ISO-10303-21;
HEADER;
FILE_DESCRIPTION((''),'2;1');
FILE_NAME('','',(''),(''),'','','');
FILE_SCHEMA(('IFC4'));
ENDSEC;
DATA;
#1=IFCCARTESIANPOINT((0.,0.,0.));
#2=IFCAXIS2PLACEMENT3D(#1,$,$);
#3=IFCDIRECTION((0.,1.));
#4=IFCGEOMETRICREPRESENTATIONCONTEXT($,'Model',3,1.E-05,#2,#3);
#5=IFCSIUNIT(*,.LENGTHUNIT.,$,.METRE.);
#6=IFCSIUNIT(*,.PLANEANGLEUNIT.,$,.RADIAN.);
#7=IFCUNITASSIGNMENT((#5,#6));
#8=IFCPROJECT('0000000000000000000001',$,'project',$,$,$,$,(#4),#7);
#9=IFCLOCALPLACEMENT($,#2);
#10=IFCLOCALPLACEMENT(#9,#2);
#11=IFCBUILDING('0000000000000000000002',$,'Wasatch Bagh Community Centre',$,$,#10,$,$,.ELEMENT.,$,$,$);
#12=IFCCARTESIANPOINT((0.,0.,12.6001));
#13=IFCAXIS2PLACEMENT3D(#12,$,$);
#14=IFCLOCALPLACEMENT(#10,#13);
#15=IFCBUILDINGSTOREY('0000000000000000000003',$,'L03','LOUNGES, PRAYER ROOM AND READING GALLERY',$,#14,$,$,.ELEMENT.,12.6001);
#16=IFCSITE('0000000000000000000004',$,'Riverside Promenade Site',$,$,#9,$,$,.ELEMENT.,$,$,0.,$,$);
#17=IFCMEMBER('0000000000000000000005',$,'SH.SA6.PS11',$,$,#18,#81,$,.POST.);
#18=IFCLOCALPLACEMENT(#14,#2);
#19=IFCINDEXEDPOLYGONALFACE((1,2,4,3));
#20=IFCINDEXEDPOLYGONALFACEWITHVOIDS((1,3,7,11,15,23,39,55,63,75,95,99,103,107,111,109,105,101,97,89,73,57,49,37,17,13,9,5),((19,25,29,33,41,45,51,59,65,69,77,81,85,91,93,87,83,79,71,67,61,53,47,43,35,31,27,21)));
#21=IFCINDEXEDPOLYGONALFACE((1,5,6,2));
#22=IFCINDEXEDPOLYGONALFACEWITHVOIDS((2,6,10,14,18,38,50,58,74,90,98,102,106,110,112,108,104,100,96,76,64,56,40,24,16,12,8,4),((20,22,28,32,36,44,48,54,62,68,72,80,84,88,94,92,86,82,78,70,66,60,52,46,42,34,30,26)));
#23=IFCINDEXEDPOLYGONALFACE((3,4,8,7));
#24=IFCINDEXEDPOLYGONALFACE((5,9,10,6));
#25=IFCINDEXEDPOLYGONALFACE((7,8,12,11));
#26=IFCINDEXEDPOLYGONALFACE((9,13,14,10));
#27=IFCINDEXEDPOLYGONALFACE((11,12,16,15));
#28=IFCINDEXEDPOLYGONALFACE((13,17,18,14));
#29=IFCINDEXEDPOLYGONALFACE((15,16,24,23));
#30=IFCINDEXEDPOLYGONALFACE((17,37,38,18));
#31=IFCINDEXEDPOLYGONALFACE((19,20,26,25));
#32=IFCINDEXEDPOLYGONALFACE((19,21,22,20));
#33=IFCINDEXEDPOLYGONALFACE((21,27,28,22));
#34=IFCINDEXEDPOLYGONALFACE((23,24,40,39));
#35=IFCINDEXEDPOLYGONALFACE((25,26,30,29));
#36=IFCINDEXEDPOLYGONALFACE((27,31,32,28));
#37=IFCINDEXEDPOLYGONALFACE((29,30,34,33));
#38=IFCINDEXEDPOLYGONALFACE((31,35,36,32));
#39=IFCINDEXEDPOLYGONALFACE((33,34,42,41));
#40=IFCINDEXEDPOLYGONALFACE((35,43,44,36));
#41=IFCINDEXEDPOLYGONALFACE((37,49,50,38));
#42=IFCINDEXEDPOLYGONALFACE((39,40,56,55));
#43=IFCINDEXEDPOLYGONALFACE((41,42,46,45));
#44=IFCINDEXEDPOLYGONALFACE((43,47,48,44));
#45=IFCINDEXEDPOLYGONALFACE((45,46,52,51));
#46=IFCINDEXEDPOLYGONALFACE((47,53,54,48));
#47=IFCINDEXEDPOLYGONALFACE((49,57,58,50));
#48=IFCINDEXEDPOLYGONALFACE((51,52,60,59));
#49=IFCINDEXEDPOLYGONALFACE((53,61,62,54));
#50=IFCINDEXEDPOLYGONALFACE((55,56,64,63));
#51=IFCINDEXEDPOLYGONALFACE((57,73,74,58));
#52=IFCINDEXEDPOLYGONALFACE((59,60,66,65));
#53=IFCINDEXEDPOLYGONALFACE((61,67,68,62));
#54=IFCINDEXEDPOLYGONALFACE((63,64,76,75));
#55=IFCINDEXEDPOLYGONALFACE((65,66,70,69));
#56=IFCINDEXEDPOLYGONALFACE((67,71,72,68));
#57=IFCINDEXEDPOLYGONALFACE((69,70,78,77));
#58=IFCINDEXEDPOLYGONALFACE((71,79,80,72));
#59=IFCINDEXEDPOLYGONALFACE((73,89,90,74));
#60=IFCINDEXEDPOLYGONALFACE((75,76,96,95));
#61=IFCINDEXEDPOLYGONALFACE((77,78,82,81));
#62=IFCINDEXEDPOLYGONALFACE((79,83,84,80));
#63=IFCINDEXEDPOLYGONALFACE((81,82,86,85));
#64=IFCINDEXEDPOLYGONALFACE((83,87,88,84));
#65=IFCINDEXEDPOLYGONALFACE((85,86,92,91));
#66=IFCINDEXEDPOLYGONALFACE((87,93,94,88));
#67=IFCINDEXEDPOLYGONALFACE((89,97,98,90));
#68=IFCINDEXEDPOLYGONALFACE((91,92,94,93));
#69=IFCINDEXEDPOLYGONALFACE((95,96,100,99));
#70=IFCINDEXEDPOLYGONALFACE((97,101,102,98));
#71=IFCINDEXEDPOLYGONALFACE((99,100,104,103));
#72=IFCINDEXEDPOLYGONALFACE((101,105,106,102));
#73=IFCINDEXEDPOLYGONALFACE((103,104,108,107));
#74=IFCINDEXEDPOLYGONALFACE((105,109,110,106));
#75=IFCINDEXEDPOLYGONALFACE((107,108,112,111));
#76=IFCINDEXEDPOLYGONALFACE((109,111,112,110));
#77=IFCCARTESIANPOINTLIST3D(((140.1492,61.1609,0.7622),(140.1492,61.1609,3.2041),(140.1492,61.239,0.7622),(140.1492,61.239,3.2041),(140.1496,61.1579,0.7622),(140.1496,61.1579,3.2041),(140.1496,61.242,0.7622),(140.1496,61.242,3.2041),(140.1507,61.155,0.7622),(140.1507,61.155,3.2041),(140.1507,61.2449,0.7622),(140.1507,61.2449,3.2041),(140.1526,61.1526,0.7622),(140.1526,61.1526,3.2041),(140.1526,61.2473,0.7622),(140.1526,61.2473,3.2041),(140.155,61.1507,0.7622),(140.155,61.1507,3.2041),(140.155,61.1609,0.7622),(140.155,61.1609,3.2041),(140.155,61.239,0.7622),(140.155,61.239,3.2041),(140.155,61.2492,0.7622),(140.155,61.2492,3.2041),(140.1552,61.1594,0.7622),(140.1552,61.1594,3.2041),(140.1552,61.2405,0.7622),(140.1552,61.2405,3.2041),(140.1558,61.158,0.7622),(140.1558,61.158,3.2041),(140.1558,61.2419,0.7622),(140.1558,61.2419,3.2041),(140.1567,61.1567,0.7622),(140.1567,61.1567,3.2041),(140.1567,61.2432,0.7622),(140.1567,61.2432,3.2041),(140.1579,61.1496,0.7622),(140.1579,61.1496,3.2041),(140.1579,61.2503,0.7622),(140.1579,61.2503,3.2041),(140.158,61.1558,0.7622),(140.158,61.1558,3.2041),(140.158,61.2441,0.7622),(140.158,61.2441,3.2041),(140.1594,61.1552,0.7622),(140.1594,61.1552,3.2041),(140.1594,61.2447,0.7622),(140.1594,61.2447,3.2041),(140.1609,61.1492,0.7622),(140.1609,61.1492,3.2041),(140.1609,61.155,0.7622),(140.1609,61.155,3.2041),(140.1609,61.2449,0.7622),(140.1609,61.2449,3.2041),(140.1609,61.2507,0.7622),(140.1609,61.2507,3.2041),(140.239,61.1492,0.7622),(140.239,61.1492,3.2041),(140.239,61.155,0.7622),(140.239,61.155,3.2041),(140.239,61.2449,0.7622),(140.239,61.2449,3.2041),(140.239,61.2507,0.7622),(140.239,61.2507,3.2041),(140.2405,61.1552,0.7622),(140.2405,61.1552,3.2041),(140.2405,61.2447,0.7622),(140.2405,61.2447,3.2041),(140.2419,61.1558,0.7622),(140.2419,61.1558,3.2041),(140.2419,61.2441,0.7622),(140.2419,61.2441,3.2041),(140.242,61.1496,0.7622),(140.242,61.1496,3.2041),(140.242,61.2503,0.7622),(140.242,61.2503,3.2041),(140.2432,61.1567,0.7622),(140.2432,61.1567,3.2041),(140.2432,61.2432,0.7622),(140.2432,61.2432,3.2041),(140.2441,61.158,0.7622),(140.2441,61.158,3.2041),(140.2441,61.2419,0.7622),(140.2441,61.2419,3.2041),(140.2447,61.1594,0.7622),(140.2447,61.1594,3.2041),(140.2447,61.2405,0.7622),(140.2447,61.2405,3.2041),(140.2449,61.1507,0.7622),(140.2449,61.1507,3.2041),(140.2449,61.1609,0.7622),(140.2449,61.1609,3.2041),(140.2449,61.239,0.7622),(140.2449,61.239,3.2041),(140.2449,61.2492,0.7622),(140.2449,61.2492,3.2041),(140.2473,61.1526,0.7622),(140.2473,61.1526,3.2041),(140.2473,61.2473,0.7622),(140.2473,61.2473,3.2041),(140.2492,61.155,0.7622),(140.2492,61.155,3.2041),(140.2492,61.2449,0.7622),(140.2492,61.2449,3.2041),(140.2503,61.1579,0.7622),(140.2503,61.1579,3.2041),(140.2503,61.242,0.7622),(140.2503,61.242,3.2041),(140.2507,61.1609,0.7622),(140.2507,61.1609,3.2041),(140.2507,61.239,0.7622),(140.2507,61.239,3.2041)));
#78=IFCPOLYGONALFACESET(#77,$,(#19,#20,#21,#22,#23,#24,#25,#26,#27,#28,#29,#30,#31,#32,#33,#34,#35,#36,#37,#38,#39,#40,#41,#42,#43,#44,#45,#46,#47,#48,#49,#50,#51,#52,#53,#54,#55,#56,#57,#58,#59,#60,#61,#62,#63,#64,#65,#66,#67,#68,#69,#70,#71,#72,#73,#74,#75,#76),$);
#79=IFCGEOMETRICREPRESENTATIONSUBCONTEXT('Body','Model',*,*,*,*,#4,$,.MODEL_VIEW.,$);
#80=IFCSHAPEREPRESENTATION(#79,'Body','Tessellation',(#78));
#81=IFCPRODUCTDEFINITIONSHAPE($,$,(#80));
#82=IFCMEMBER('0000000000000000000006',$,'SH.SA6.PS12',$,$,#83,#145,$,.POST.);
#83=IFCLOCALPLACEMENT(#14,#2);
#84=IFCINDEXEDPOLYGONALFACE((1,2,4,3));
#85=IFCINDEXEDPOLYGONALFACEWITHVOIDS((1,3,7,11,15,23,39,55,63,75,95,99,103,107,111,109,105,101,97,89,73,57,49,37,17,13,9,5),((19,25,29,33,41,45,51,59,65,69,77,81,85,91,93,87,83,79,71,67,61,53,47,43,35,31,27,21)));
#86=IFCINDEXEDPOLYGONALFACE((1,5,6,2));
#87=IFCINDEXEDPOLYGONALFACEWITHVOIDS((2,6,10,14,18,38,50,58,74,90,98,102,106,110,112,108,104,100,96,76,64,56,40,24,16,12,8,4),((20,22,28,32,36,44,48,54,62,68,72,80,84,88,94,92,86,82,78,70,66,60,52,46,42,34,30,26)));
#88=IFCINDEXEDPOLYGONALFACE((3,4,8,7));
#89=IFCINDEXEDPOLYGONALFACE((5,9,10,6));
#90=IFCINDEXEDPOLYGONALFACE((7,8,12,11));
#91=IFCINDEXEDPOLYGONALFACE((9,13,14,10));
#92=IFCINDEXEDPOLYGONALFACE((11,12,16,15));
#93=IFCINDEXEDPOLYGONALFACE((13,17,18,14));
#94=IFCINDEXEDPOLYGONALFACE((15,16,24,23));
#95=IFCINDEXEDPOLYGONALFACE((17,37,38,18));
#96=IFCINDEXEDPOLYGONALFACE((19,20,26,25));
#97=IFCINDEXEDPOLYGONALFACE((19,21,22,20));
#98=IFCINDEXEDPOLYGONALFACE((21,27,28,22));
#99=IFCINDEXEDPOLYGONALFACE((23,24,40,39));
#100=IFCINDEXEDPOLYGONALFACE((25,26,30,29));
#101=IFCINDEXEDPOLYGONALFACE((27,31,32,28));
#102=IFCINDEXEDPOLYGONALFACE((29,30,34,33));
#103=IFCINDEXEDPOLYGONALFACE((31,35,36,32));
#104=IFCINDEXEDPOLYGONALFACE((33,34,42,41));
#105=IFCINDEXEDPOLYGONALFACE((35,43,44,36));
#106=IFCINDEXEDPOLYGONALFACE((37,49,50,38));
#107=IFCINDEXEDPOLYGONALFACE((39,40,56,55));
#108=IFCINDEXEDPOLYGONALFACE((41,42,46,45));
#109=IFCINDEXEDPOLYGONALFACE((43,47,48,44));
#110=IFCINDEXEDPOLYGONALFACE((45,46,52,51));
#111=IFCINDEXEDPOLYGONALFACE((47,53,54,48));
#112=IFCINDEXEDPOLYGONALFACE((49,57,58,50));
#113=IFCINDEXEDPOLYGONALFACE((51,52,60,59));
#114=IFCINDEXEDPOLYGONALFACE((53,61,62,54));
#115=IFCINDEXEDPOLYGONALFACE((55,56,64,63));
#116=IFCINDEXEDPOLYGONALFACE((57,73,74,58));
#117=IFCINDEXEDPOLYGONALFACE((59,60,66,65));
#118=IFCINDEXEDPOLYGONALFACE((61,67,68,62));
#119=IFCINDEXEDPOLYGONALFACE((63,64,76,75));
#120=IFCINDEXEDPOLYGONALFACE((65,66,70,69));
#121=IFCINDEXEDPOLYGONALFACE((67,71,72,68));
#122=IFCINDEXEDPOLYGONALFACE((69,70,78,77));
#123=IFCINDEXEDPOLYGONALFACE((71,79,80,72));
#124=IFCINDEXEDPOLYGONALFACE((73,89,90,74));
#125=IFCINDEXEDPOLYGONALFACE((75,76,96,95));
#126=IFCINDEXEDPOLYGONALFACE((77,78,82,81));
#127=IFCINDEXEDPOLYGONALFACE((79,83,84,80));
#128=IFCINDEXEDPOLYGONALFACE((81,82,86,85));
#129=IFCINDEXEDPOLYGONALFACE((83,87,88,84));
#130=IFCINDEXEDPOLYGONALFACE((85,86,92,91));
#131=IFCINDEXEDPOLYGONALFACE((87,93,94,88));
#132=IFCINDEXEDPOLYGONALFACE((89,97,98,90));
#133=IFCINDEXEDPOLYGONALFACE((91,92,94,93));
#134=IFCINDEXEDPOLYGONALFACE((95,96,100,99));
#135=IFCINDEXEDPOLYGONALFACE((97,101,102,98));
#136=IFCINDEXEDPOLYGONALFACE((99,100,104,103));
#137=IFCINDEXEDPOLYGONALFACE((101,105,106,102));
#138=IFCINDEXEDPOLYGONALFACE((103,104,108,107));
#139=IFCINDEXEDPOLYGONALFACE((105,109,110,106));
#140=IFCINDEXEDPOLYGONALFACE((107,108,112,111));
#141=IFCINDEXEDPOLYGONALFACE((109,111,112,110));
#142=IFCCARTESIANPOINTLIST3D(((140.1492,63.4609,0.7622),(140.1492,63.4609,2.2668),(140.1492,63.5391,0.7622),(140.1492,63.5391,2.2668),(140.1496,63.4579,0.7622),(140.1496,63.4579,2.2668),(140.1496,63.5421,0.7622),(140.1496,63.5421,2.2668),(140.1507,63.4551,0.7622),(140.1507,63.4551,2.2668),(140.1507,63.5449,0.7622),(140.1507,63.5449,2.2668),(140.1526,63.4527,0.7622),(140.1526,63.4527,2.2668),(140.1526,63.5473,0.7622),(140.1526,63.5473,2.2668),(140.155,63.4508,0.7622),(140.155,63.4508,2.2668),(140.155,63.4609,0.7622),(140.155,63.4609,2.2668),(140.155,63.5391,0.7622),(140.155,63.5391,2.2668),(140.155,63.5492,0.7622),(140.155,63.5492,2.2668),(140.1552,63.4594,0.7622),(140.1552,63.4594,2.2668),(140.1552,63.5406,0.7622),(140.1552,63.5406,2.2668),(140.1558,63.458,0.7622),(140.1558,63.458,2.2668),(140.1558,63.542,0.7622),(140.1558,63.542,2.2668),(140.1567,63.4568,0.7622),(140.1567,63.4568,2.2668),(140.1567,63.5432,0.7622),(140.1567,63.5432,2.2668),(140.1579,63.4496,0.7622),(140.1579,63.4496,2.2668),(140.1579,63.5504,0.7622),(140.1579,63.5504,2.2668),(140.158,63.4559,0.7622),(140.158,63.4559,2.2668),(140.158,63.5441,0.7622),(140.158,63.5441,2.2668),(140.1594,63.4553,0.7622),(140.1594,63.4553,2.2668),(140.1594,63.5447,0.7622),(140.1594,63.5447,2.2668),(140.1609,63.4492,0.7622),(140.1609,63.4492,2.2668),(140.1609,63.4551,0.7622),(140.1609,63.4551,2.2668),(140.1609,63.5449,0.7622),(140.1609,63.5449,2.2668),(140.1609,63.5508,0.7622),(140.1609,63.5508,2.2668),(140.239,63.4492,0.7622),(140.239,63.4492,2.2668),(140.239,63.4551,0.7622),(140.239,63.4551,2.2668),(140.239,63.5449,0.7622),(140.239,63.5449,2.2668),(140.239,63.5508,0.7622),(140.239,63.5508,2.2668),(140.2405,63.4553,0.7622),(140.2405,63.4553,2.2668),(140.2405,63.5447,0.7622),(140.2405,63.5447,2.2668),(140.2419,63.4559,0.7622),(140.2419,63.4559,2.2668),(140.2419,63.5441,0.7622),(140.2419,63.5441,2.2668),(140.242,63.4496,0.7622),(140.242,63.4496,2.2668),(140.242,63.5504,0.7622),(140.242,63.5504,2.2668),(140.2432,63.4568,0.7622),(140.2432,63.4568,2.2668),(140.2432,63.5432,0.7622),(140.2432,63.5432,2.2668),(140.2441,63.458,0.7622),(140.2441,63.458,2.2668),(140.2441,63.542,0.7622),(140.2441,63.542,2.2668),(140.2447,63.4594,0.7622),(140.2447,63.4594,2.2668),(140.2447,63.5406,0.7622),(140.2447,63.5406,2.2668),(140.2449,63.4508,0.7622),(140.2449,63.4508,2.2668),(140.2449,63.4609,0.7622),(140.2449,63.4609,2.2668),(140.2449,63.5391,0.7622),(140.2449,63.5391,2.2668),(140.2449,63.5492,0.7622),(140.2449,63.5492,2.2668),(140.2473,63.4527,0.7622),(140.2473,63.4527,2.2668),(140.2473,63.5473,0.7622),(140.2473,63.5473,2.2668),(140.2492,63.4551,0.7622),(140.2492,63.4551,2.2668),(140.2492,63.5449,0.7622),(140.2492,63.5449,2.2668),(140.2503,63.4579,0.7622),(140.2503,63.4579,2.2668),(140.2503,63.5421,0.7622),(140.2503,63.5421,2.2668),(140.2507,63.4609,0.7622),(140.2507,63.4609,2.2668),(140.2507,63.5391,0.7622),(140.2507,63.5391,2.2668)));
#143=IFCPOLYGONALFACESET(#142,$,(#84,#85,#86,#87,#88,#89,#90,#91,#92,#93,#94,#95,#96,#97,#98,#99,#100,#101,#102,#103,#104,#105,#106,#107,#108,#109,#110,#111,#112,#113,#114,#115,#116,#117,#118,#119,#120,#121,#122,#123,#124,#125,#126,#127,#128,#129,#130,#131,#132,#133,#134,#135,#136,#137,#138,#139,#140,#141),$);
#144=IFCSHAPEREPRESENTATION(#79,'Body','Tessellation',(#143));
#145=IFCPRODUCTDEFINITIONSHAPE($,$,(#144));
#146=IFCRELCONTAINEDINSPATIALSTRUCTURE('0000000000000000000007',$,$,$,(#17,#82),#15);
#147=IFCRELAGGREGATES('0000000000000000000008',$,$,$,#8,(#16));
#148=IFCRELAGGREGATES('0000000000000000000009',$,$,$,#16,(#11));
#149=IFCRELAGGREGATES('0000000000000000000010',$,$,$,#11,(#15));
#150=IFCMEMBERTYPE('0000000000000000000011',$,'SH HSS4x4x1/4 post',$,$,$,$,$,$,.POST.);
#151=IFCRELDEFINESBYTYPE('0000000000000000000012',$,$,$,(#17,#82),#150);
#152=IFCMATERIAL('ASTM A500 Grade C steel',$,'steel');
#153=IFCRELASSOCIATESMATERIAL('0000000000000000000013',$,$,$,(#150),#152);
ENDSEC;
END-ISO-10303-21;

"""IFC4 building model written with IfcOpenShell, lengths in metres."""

from ifc_helpers import new_model, si_unit, direction, frame, origin, origin_2d, place, context, subcontext, project, spatial, hollow_rectangle, extrude, material, material_profile, profile_set, type_object, element, save


model = new_model("IFC4")

# Units and contexts
model_context = context("Model", 3, precision=1e-05, world=origin(), true_north=direction((0.0, 1.0)))
body_context = subcontext(model_context, "Body", "Model", "MODEL_VIEW")
ifc_project = project(units=[si_unit("LENGTHUNIT", "METRE"), si_unit("PLANEANGLEUNIT", "RADIAN")], contexts=[model_context])

# Site, building, storey
site_placement = place(None, origin())
site = spatial("IfcSite", under=ifc_project, at=site_placement, Name="Riverside Promenade Site", CompositionType="ELEMENT", RefElevation=0.0)
building_placement = place(site_placement, origin())
building = spatial("IfcBuilding", under=site, at=building_placement, Name="Wasatch Bagh Community Centre", CompositionType="ELEMENT")
storey_placement = place(building_placement, frame((0.0, 0.0, 12.6001)))
storey = spatial("IfcBuildingStorey", under=building, at=storey_placement, Name="L03", Description="LOUNGES, PRAYER ROOM AND READING GALLERY", CompositionType="ELEMENT", Elevation=12.6001)

# Members
ifc_material_1 = material(Name="ASTM A500 Grade C steel", Category="steel")
ifc_material_profile_1 = material_profile(ifc_material_1, hollow_rectangle(XDim=0.1016, YDim=0.1016, WallThickness=0.0059, InnerFilletRadius=0.0059, OuterFilletRadius=0.0117, at=origin_2d()), Name="HSS4x4x1/4")
ifc_profile_set_1 = profile_set([ifc_material_profile_1], Name="ASTM A500 Grade C steel")
member_type_1 = type_object("IfcMemberType", Name="SH HSS4x4x1/4 post", PredefinedType="POST", material=ifc_profile_set_1)
member_1_placement = place(storey_placement, frame((140.2, 61.2, 0.7622), z_axis=(0.0, 0.0, 1.0), x_axis=(1.0, 0.0, 0.0)))
element("IfcMember", 1, at=member_1_placement, inside=storey, type_object=member_type_1, Name="SH.SA6.PS11", PredefinedType="POST", context=body_context, shape_type="SweptSolid", body=[
    extrude(hollow_rectangle(XDim=0.1016, YDim=0.1016, WallThickness=0.0059, InnerFilletRadius=0.0059, OuterFilletRadius=0.0117, at=origin_2d()), origin(), (0.0, 0.0, 1.0), 2.4419),
])
member_2_placement = place(storey_placement, frame((140.2, 63.5, 0.7622), z_axis=(0.0, 0.0, 1.0), x_axis=(1.0, 0.0, 0.0)))
element("IfcMember", 2, at=member_2_placement, inside=storey, type_object=member_type_1, Name="SH.SA6.PS12", PredefinedType="POST", context=body_context, shape_type="SweptSolid", body=[
    extrude(hollow_rectangle(XDim=0.1016, YDim=0.1016, WallThickness=0.0059, InnerFilletRadius=0.0059, OuterFilletRadius=0.0117, at=origin_2d()), origin(), (0.0, 0.0, 1.0), 1.5046),
])

save(model, "model.ifc")
